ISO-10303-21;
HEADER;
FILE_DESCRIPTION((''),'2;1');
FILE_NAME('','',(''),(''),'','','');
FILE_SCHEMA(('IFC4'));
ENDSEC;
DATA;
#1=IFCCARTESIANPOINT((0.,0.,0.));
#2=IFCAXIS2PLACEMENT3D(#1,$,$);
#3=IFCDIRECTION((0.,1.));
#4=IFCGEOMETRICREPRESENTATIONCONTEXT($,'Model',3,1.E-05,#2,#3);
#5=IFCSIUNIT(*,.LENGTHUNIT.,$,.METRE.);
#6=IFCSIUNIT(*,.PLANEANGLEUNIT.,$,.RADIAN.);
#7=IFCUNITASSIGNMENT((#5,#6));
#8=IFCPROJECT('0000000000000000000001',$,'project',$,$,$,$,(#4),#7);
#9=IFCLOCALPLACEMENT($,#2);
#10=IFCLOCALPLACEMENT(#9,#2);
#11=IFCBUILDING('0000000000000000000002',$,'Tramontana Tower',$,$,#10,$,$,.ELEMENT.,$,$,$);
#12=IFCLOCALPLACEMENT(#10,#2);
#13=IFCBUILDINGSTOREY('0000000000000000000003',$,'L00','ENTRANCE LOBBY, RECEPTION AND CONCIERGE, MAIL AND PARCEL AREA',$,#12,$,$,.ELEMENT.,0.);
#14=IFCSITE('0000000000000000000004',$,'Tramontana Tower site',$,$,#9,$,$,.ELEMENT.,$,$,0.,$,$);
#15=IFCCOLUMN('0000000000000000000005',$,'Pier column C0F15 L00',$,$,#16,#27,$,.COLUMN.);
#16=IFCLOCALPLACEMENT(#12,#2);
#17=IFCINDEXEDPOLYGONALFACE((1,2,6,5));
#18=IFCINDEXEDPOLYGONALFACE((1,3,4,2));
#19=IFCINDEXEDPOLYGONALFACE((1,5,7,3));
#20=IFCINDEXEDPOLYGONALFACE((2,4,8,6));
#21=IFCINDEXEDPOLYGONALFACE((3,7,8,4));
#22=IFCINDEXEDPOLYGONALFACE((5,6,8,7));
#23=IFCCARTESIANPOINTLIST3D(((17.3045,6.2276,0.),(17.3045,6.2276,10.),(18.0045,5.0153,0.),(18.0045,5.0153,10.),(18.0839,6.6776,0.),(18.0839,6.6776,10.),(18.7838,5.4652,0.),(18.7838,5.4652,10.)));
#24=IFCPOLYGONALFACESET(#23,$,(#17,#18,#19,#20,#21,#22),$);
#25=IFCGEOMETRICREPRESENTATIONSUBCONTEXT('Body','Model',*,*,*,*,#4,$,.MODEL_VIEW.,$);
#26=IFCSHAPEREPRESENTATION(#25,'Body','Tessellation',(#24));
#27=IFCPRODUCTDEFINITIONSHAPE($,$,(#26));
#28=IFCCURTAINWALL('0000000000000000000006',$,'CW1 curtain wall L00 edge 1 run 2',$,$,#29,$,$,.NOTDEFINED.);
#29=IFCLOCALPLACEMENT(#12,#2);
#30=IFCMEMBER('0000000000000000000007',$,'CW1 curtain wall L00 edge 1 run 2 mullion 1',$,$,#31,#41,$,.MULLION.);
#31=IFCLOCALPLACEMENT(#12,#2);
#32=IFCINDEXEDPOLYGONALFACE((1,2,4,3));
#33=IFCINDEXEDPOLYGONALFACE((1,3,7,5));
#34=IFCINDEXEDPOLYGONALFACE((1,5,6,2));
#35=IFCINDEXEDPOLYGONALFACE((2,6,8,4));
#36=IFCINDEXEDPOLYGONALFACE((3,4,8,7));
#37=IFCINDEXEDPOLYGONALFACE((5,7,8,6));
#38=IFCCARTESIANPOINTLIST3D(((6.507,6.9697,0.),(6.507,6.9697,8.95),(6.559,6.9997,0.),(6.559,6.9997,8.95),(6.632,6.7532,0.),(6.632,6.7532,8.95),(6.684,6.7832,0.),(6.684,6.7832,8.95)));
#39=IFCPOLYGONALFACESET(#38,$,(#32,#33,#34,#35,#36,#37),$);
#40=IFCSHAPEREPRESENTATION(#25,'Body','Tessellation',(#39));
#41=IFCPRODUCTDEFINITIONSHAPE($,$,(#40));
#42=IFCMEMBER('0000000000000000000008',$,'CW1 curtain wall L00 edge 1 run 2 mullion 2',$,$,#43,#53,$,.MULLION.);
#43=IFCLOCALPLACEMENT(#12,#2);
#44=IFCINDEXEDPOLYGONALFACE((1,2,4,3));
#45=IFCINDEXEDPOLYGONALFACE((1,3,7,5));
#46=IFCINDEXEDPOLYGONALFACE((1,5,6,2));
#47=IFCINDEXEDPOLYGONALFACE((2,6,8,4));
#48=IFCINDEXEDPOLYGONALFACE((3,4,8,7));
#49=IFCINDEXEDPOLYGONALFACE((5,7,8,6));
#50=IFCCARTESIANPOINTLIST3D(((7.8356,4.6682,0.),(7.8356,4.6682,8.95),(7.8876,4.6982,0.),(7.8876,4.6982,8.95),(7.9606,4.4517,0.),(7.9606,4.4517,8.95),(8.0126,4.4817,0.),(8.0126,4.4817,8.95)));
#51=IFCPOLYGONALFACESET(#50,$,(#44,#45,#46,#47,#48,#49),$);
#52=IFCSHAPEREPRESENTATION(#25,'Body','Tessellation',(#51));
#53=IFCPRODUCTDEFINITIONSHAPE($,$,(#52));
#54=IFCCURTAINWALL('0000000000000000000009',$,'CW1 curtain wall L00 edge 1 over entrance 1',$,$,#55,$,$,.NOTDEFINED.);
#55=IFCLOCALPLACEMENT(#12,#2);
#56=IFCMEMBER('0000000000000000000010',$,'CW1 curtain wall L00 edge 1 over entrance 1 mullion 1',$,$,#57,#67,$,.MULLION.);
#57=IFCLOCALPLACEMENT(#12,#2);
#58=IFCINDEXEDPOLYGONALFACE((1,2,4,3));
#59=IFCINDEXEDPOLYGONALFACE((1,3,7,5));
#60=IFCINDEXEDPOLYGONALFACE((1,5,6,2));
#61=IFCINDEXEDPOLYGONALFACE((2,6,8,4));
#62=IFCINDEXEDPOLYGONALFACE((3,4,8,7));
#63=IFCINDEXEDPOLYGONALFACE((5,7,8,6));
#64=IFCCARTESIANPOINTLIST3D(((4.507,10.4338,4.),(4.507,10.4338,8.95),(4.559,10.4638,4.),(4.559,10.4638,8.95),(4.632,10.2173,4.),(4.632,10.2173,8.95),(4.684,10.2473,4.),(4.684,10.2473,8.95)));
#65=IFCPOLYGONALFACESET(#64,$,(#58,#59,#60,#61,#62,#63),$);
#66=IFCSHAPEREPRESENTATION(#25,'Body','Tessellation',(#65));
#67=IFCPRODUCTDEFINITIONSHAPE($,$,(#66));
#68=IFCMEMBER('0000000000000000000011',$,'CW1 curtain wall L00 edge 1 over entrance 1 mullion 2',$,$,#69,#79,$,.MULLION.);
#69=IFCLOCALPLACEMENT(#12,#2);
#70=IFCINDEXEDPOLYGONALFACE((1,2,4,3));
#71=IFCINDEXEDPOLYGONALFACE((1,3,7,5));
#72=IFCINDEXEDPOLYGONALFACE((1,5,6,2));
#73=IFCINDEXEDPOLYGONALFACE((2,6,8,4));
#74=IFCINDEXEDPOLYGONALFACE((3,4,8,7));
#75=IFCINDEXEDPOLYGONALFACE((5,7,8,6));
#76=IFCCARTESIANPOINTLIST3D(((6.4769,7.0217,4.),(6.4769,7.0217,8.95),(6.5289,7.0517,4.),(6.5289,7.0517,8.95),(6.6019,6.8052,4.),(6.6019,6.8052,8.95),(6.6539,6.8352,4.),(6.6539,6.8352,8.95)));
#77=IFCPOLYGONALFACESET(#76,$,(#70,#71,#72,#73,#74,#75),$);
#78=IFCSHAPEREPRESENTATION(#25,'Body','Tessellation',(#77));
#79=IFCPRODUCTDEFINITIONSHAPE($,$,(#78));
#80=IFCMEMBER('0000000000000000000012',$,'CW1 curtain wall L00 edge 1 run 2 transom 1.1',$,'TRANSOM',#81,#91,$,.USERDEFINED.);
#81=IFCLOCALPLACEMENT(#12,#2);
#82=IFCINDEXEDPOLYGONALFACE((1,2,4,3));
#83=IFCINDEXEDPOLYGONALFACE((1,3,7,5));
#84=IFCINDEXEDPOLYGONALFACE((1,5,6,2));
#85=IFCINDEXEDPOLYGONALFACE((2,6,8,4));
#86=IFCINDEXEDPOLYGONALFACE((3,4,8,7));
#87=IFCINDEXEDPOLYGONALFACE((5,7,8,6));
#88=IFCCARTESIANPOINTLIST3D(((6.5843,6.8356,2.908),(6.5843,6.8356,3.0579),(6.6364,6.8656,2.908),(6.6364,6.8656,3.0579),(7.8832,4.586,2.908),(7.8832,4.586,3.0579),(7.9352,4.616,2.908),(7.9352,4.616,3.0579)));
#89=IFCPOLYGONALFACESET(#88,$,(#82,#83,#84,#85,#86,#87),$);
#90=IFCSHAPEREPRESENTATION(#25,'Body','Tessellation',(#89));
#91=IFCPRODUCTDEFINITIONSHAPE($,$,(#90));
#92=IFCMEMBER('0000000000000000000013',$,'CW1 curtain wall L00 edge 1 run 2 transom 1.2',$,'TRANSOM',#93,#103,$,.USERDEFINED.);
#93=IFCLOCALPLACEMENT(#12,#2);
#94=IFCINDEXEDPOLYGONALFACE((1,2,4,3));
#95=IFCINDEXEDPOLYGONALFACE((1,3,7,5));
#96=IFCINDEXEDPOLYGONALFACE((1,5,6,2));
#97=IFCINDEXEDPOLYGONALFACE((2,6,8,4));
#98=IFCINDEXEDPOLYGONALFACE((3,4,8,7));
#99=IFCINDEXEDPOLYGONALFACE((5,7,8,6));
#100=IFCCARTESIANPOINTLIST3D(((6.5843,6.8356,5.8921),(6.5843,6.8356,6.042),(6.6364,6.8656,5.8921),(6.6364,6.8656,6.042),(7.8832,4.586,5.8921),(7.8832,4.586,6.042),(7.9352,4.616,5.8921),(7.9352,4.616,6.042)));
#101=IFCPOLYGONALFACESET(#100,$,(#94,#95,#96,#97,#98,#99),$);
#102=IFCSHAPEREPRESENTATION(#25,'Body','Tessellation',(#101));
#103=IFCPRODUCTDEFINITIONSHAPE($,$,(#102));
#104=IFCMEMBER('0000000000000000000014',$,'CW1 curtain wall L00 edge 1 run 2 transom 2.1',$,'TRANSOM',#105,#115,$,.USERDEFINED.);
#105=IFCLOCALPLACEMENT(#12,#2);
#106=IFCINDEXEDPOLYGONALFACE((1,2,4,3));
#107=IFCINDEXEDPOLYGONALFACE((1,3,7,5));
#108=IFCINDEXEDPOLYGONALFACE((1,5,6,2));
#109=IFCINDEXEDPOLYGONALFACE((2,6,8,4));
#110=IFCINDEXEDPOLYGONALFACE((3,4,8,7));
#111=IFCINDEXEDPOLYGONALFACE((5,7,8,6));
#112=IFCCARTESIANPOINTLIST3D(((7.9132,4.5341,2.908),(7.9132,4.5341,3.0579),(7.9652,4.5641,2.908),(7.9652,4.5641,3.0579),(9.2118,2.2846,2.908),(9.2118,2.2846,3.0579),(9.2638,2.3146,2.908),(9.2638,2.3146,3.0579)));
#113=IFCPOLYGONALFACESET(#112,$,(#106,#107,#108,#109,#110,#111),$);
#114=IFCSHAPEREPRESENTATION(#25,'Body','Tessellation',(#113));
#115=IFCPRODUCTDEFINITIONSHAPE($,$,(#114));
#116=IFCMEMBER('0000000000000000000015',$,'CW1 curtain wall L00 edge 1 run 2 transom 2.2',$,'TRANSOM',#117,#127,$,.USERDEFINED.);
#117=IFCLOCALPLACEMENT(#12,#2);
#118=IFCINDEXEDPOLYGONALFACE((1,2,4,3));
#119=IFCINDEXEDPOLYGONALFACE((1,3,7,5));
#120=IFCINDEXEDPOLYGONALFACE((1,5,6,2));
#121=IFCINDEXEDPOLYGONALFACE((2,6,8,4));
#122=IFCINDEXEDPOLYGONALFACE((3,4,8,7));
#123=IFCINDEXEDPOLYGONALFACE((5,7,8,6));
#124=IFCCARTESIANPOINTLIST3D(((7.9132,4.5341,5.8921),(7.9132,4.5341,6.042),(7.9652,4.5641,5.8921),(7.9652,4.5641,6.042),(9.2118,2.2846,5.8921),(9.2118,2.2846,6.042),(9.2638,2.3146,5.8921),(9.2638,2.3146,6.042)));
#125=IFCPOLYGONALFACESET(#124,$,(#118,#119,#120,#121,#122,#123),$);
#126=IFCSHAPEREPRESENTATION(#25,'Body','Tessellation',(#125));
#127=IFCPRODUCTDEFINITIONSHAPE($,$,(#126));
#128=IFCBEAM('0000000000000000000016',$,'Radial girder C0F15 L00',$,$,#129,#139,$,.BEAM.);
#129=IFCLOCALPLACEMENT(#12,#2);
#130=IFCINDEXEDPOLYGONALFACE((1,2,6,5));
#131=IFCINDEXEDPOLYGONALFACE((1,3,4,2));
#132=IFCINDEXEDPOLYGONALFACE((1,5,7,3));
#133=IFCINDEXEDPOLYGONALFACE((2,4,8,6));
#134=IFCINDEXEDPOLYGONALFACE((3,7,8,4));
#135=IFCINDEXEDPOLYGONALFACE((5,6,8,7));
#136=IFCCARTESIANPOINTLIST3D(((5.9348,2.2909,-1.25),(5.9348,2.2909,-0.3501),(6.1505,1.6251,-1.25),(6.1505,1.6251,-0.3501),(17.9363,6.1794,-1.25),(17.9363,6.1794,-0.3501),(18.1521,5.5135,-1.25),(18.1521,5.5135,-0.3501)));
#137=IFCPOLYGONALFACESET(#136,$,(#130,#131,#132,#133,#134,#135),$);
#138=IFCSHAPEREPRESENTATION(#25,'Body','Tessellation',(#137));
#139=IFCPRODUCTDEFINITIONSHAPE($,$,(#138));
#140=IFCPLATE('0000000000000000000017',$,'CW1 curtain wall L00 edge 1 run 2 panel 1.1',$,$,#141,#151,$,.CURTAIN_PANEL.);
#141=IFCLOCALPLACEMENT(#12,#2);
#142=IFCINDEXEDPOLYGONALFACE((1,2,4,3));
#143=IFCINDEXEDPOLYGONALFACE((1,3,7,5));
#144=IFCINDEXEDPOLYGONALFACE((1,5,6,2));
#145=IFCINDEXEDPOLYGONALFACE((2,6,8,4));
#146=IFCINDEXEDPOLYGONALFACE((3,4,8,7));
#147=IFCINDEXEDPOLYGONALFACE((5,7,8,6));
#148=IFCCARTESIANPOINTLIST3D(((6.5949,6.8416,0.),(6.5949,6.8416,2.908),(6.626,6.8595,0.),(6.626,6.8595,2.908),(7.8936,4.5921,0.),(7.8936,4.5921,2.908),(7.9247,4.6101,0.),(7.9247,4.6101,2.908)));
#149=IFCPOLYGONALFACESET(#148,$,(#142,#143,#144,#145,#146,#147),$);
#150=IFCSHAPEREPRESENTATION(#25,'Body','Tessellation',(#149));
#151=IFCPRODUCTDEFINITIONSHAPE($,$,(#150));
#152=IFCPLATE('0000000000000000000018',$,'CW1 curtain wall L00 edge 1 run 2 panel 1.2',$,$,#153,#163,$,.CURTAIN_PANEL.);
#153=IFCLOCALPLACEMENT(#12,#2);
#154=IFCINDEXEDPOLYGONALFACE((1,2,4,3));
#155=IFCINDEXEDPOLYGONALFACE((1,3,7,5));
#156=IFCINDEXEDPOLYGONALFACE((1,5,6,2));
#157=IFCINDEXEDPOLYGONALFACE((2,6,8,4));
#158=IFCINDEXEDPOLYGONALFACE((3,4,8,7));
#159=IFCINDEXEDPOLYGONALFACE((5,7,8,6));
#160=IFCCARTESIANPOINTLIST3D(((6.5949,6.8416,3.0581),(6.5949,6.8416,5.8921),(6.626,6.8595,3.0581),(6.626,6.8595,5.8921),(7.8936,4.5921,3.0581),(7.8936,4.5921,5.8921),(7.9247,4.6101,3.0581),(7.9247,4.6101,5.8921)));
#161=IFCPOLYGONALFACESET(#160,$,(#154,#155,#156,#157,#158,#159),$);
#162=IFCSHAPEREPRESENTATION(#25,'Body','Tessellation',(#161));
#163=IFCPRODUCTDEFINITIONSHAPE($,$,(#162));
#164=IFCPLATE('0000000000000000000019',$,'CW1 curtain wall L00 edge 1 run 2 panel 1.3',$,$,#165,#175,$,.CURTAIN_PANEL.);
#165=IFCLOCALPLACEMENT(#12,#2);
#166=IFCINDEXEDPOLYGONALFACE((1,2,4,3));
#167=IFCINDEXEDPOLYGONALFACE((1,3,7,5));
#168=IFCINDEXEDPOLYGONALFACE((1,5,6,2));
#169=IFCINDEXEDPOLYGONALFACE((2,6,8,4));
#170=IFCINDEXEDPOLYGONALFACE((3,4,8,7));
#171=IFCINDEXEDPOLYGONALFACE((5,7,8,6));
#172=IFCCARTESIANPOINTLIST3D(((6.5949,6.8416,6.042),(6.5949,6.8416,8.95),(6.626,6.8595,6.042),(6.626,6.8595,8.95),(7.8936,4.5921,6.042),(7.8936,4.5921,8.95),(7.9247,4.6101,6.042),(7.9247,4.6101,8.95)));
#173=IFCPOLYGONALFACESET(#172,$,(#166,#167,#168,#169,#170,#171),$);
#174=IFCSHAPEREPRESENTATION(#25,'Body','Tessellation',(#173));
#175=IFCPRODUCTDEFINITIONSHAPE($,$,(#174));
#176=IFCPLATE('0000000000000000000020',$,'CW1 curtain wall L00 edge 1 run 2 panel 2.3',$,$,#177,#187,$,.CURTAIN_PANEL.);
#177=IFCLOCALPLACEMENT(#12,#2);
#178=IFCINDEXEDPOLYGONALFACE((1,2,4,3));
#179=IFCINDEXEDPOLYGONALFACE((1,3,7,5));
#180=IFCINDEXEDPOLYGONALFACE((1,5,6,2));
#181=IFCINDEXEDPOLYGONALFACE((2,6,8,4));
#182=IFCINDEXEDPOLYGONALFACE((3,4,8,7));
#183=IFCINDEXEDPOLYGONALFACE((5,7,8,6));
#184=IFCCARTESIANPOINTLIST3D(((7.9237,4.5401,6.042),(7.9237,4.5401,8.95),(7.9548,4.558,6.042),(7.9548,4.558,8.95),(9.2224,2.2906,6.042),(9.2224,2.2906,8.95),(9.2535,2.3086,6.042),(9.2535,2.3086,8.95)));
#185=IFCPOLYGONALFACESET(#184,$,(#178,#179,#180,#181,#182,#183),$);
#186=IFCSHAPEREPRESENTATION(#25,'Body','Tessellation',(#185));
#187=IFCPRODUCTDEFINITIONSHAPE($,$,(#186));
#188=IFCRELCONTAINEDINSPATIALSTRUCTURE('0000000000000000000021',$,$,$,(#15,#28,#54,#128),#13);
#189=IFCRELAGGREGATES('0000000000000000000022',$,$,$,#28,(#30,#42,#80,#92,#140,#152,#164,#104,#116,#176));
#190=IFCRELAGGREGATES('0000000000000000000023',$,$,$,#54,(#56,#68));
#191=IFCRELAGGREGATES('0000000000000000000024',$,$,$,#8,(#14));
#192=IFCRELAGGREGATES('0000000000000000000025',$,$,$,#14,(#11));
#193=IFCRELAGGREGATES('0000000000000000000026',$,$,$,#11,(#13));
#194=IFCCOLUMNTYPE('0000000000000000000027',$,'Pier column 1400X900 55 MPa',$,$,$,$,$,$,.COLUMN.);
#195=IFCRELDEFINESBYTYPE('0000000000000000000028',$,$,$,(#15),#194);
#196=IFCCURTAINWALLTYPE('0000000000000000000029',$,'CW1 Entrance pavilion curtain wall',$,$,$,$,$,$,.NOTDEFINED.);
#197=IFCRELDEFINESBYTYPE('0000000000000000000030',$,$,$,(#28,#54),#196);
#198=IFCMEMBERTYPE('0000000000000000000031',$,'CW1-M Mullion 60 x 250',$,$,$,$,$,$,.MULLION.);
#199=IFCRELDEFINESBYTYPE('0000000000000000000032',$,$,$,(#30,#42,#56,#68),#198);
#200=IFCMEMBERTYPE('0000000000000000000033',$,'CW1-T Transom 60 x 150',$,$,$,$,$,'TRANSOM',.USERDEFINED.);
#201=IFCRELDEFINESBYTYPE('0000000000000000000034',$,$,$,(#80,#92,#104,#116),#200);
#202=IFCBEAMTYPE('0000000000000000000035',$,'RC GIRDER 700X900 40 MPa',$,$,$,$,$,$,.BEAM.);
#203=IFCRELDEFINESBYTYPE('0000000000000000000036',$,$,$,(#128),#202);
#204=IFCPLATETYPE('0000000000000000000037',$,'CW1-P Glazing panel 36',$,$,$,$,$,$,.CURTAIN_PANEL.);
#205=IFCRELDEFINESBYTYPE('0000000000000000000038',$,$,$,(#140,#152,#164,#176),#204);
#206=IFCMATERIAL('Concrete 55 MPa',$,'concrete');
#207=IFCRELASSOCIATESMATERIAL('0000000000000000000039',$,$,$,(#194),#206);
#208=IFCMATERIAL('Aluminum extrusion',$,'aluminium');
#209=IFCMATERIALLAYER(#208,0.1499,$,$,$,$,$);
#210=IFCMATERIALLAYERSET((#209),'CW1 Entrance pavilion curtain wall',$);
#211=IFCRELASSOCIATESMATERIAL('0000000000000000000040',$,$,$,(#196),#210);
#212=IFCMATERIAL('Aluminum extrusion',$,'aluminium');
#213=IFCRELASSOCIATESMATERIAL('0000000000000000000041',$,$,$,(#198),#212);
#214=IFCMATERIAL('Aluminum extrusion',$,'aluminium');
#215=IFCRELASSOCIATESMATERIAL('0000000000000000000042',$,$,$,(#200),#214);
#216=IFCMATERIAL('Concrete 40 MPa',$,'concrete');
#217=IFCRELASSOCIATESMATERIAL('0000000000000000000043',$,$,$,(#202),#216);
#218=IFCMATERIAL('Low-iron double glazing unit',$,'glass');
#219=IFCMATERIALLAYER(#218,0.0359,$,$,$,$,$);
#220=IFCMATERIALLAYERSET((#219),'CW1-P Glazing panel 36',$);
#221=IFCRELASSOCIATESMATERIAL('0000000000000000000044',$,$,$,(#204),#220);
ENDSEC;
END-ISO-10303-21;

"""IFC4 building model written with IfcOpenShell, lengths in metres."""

from ifc_helpers import new_model, si_unit, direction, frame, origin, origin_2d, place, context, subcontext, project, spatial, rectangle, extrude, material, layer, layer_set, material_profile, profile_set, type_object, element, aggregate, save


model = new_model("IFC4")

# Units and contexts
model_context = context("Model", 3, precision=1e-05, world=origin(), true_north=direction((0.0, 1.0)))
body_context = subcontext(model_context, "Body", "Model", "MODEL_VIEW")
ifc_project = project(units=[si_unit("LENGTHUNIT", "METRE"), si_unit("PLANEANGLEUNIT", "RADIAN")], contexts=[model_context])

# Site, building, storey
site_placement = place(None, origin())
site = spatial("IfcSite", under=ifc_project, at=site_placement, Name="Tramontana Tower site", CompositionType="ELEMENT", RefElevation=0.0)
building_placement = place(site_placement, origin())
building = spatial("IfcBuilding", under=site, at=building_placement, Name="Tramontana Tower", CompositionType="ELEMENT")
storey_placement = place(building_placement, origin())
storey = spatial("IfcBuildingStorey", under=building, at=storey_placement, Name="L00", Description="ENTRANCE LOBBY, RECEPTION AND CONCIERGE, MAIL AND PARCEL AREA", CompositionType="ELEMENT", Elevation=0.0)

# Column
ifc_material_1 = material(Name="Concrete 55 MPa", Category="concrete")
ifc_material_profile_1 = material_profile(ifc_material_1, rectangle(XDim=1.3999, YDim=0.8999, at=origin_2d()), Name="Pier column 1400X900 55 MPa")
ifc_profile_set_1 = profile_set([ifc_material_profile_1], Name="Concrete 55 MPa")
column_type = type_object("IfcColumnType", Name="Pier column 1400X900 55 MPa", PredefinedType="COLUMN", material=ifc_profile_set_1)
column_placement = place(storey_placement, frame((18.0442, 5.8464, 0.0), z_axis=(0.0, 0.0, 1.0), x_axis=(-0.5, 0.866025, 0.0)))
element("IfcColumn", 1, at=column_placement, inside=storey, type_object=column_type, Name="Pier column C0F15 L00", PredefinedType="COLUMN", context=body_context, shape_type="SweptSolid", body=[
    extrude(rectangle(XDim=1.3999, YDim=0.8999, at=origin_2d()), origin(), (0.0, 0.0, 1.0), 10.0),
])

# Curtain walls, members
ifc_material_2 = material(Name="Aluminum extrusion", Category="aluminium")
ifc_layer_1 = layer(ifc_material_2, 0.1499)
ifc_layer_set_1 = layer_set([ifc_layer_1], Name="CW1 Entrance pavilion curtain wall")
curtain_wall_type = type_object("IfcCurtainWallType", Name="CW1 Entrance pavilion curtain wall", PredefinedType="NOTDEFINED", material=ifc_layer_set_1)
curtain_wall_1_placement = place(storey_placement, origin())
curtain_wall_1 = element("IfcCurtainWall", 2, at=curtain_wall_1_placement, inside=storey, type_object=curtain_wall_type, Name="CW1 curtain wall L00 edge 1 run 2", PredefinedType="NOTDEFINED")
ifc_material_3 = material(Name="Aluminum extrusion", Category="aluminium")
ifc_material_profile_2 = material_profile(ifc_material_3, rectangle(XDim=0.0601, YDim=0.25, at=origin_2d()), Name="CW1-M Mullion 60 x 250")
ifc_profile_set_2 = profile_set([ifc_material_profile_2], Name="Aluminum extrusion")
member_type_1 = type_object("IfcMemberType", Name="CW1-M Mullion 60 x 250", PredefinedType="MULLION", material=ifc_profile_set_2)
member_1_placement = place(storey_placement, frame((6.5955, 6.8765, 0.0), z_axis=(0.0, 0.0, 1.0), x_axis=(0.866025, 0.5, 0.0)))
member_1 = element("IfcMember", 3, at=member_1_placement, type_object=member_type_1, Name="CW1 curtain wall L00 edge 1 run 2 mullion 1", PredefinedType="MULLION", context=body_context, shape_type="SweptSolid", body=[
    extrude(rectangle(XDim=0.0601, YDim=0.25, at=origin_2d()), origin(), (0.0, 0.0, 1.0), 8.95),
])
member_2_placement = place(storey_placement, frame((7.9241, 4.575, 0.0), z_axis=(0.0, 0.0, 1.0), x_axis=(0.866025, 0.5, 0.0)))
member_2 = element("IfcMember", 4, at=member_2_placement, type_object=member_type_1, Name="CW1 curtain wall L00 edge 1 run 2 mullion 2", PredefinedType="MULLION", context=body_context, shape_type="SweptSolid", body=[
    extrude(rectangle(XDim=0.0601, YDim=0.25, at=origin_2d()), origin(), (0.0, 0.0, 1.0), 8.95),
])
curtain_wall_2_placement = place(storey_placement, origin())
curtain_wall_2 = element("IfcCurtainWall", 5, at=curtain_wall_2_placement, inside=storey, type_object=curtain_wall_type, Name="CW1 curtain wall L00 edge 1 over entrance 1", PredefinedType="NOTDEFINED")
member_3_placement = place(storey_placement, frame((4.5955, 10.3406, 4.0), z_axis=(0.0, 0.0, 1.0), x_axis=(0.866025, 0.5, 0.0)))
member_3 = element("IfcMember", 6, at=member_3_placement, type_object=member_type_1, Name="CW1 curtain wall L00 edge 1 over entrance 1 mullion 1", PredefinedType="MULLION", context=body_context, shape_type="SweptSolid", body=[
    extrude(rectangle(XDim=0.0601, YDim=0.25, at=origin_2d()), origin(), (0.0, 0.0, 1.0), 4.95),
])
member_4_placement = place(storey_placement, frame((6.5654, 6.9285, 4.0), z_axis=(0.0, 0.0, 1.0), x_axis=(0.866025, 0.5, 0.0)))
member_4 = element("IfcMember", 7, at=member_4_placement, type_object=member_type_1, Name="CW1 curtain wall L00 edge 1 over entrance 1 mullion 2", PredefinedType="MULLION", context=body_context, shape_type="SweptSolid", body=[
    extrude(rectangle(XDim=0.0601, YDim=0.25, at=origin_2d()), origin(), (0.0, 0.0, 1.0), 4.95),
])

# Members
ifc_material_4 = material(Name="Aluminum extrusion", Category="aluminium")
ifc_material_profile_3 = material_profile(ifc_material_4, rectangle(XDim=0.0601, YDim=0.1499, at=origin_2d()), Name="CW1-T Transom 60 x 150")
ifc_profile_set_3 = profile_set([ifc_material_profile_3], Name="Aluminum extrusion")
member_type_2 = type_object("IfcMemberType", Name="CW1-T Transom 60 x 150", ElementType="TRANSOM", PredefinedType="USERDEFINED", material=ifc_profile_set_3)
member_5_placement = place(storey_placement, frame((6.6104, 6.8506, 2.9829), z_axis=(0.500021, -0.866013, 0.0), x_axis=(0.866013, 0.500021, 0.0)))
member_5 = element("IfcMember", 8, at=member_5_placement, type_object=member_type_2, Name="CW1 curtain wall L00 edge 1 run 2 transom 1.1", ObjectType="TRANSOM", PredefinedType="USERDEFINED", context=body_context, shape_type="SweptSolid", body=[
    extrude(rectangle(XDim=0.0601, YDim=0.1499, at=origin_2d()), origin(), (0.0, 0.0, 1.0), 2.5977),
])
member_6_placement = place(storey_placement, frame((6.6104, 6.8506, 5.967), z_axis=(0.500021, -0.866013, 0.0), x_axis=(0.866013, 0.500021, 0.0)))
member_6 = element("IfcMember", 9, at=member_6_placement, type_object=member_type_2, Name="CW1 curtain wall L00 edge 1 run 2 transom 1.2", ObjectType="TRANSOM", PredefinedType="USERDEFINED", context=body_context, shape_type="SweptSolid", body=[
    extrude(rectangle(XDim=0.0601, YDim=0.1499, at=origin_2d()), origin(), (0.0, 0.0, 1.0), 2.5977),
])
member_7_placement = place(storey_placement, frame((7.9392, 4.5491, 2.9829), z_axis=(0.49995, -0.866054, 0.0), x_axis=(0.866054, 0.49995, 0.0)))
member_7 = element("IfcMember", 10, at=member_7_placement, type_object=member_type_2, Name="CW1 curtain wall L00 edge 1 run 2 transom 2.1", ObjectType="TRANSOM", PredefinedType="USERDEFINED", context=body_context, shape_type="SweptSolid", body=[
    extrude(rectangle(XDim=0.0601, YDim=0.1499, at=origin_2d()), origin(), (0.0, 0.0, 1.0), 2.5974),
])
member_8_placement = place(storey_placement, frame((7.9392, 4.5491, 5.967), z_axis=(0.49995, -0.866054, 0.0), x_axis=(0.866054, 0.49995, 0.0)))
member_8 = element("IfcMember", 11, at=member_8_placement, type_object=member_type_2, Name="CW1 curtain wall L00 edge 1 run 2 transom 2.2", ObjectType="TRANSOM", PredefinedType="USERDEFINED", context=body_context, shape_type="SweptSolid", body=[
    extrude(rectangle(XDim=0.0601, YDim=0.1499, at=origin_2d()), origin(), (0.0, 0.0, 1.0), 2.5974),
])

# Beam
ifc_material_5 = material(Name="Concrete 40 MPa", Category="concrete")
ifc_material_profile_4 = material_profile(ifc_material_5, rectangle(XDim=0.7, YDim=0.8999, at=origin_2d()), Name="RC GIRDER 700X900 40 MPa")
ifc_profile_set_4 = profile_set([ifc_material_profile_4], Name="Concrete 40 MPa")
beam_type = type_object("IfcBeamType", Name="RC GIRDER 700X900 40 MPa", PredefinedType="BEAM", material=ifc_profile_set_4)
beam_placement = place(storey_placement, frame((18.0442, 5.8464, -0.8), z_axis=(-0.951314, -0.308222, 0.0), x_axis=(0.308222, -0.951314, 0.0)))
element("IfcBeam", 12, at=beam_placement, inside=storey, type_object=beam_type, Name="Radial girder C0F15 L00", PredefinedType="BEAM", context=body_context, shape_type="SweptSolid", body=[
    extrude(rectangle(XDim=0.7, YDim=0.8999, at=origin_2d()), origin(), (0.0, 0.0, 1.0), 12.6157),
])

# Plates
ifc_material_6 = material(Name="Low-iron double glazing unit", Category="glass")
ifc_layer_2 = layer(ifc_material_6, 0.0359)
ifc_layer_set_2 = layer_set([ifc_layer_2], Name="CW1-P Glazing panel 36")
plate_type = type_object("IfcPlateType", Name="CW1-P Glazing panel 36", PredefinedType="CURTAIN_PANEL", material=ifc_layer_set_2)
plate_1_placement = place(storey_placement, frame((7.2598, 5.7258, 0.0), z_axis=(0.0, 0.0, 1.0), x_axis=(0.5, -0.866025, 0.0)))
plate_1 = element("IfcPlate", 13, at=plate_1_placement, type_object=plate_type, Name="CW1 curtain wall L00 edge 1 run 2 panel 1.1", PredefinedType="CURTAIN_PANEL", context=body_context, shape_type="SweptSolid", body=[
    extrude(rectangle(XDim=2.5974, YDim=0.0359, at=origin_2d()), origin(), (0.0, 0.0, 1.0), 2.908),
])
plate_2_placement = place(storey_placement, frame((7.2598, 5.7258, 3.0581), z_axis=(0.0, 0.0, 1.0), x_axis=(0.5, -0.866025, 0.0)))
plate_2 = element("IfcPlate", 14, at=plate_2_placement, type_object=plate_type, Name="CW1 curtain wall L00 edge 1 run 2 panel 1.2", PredefinedType="CURTAIN_PANEL", context=body_context, shape_type="SweptSolid", body=[
    extrude(rectangle(XDim=2.5974, YDim=0.0359, at=origin_2d()), origin(), (0.0, 0.0, 1.0), 2.834),
])
plate_3_placement = place(storey_placement, frame((7.2598, 5.7258, 6.042), z_axis=(0.0, 0.0, 1.0), x_axis=(0.5, -0.866025, 0.0)))
plate_3 = element("IfcPlate", 15, at=plate_3_placement, type_object=plate_type, Name="CW1 curtain wall L00 edge 1 run 2 panel 1.3", PredefinedType="CURTAIN_PANEL", context=body_context, shape_type="SweptSolid", body=[
    extrude(rectangle(XDim=2.5974, YDim=0.0359, at=origin_2d()), origin(), (0.0, 0.0, 1.0), 2.908),
])
plate_4_placement = place(storey_placement, frame((8.5886, 3.4243, 6.042), z_axis=(0.0, 0.0, 1.0), x_axis=(0.5, -0.866025, 0.0)))
plate_4 = element("IfcPlate", 16, at=plate_4_placement, type_object=plate_type, Name="CW1 curtain wall L00 edge 1 run 2 panel 2.3", PredefinedType="CURTAIN_PANEL", context=body_context, shape_type="SweptSolid", body=[
    extrude(rectangle(XDim=2.5974, YDim=0.0359, at=origin_2d()), origin(), (0.0, 0.0, 1.0), 2.908),
])
aggregate(curtain_wall_1, [member_1, member_2, member_5, member_6, plate_1, plate_2, plate_3, member_7, member_8, plate_4])
aggregate(curtain_wall_2, [member_3, member_4])

save(model, "model.ifc")
